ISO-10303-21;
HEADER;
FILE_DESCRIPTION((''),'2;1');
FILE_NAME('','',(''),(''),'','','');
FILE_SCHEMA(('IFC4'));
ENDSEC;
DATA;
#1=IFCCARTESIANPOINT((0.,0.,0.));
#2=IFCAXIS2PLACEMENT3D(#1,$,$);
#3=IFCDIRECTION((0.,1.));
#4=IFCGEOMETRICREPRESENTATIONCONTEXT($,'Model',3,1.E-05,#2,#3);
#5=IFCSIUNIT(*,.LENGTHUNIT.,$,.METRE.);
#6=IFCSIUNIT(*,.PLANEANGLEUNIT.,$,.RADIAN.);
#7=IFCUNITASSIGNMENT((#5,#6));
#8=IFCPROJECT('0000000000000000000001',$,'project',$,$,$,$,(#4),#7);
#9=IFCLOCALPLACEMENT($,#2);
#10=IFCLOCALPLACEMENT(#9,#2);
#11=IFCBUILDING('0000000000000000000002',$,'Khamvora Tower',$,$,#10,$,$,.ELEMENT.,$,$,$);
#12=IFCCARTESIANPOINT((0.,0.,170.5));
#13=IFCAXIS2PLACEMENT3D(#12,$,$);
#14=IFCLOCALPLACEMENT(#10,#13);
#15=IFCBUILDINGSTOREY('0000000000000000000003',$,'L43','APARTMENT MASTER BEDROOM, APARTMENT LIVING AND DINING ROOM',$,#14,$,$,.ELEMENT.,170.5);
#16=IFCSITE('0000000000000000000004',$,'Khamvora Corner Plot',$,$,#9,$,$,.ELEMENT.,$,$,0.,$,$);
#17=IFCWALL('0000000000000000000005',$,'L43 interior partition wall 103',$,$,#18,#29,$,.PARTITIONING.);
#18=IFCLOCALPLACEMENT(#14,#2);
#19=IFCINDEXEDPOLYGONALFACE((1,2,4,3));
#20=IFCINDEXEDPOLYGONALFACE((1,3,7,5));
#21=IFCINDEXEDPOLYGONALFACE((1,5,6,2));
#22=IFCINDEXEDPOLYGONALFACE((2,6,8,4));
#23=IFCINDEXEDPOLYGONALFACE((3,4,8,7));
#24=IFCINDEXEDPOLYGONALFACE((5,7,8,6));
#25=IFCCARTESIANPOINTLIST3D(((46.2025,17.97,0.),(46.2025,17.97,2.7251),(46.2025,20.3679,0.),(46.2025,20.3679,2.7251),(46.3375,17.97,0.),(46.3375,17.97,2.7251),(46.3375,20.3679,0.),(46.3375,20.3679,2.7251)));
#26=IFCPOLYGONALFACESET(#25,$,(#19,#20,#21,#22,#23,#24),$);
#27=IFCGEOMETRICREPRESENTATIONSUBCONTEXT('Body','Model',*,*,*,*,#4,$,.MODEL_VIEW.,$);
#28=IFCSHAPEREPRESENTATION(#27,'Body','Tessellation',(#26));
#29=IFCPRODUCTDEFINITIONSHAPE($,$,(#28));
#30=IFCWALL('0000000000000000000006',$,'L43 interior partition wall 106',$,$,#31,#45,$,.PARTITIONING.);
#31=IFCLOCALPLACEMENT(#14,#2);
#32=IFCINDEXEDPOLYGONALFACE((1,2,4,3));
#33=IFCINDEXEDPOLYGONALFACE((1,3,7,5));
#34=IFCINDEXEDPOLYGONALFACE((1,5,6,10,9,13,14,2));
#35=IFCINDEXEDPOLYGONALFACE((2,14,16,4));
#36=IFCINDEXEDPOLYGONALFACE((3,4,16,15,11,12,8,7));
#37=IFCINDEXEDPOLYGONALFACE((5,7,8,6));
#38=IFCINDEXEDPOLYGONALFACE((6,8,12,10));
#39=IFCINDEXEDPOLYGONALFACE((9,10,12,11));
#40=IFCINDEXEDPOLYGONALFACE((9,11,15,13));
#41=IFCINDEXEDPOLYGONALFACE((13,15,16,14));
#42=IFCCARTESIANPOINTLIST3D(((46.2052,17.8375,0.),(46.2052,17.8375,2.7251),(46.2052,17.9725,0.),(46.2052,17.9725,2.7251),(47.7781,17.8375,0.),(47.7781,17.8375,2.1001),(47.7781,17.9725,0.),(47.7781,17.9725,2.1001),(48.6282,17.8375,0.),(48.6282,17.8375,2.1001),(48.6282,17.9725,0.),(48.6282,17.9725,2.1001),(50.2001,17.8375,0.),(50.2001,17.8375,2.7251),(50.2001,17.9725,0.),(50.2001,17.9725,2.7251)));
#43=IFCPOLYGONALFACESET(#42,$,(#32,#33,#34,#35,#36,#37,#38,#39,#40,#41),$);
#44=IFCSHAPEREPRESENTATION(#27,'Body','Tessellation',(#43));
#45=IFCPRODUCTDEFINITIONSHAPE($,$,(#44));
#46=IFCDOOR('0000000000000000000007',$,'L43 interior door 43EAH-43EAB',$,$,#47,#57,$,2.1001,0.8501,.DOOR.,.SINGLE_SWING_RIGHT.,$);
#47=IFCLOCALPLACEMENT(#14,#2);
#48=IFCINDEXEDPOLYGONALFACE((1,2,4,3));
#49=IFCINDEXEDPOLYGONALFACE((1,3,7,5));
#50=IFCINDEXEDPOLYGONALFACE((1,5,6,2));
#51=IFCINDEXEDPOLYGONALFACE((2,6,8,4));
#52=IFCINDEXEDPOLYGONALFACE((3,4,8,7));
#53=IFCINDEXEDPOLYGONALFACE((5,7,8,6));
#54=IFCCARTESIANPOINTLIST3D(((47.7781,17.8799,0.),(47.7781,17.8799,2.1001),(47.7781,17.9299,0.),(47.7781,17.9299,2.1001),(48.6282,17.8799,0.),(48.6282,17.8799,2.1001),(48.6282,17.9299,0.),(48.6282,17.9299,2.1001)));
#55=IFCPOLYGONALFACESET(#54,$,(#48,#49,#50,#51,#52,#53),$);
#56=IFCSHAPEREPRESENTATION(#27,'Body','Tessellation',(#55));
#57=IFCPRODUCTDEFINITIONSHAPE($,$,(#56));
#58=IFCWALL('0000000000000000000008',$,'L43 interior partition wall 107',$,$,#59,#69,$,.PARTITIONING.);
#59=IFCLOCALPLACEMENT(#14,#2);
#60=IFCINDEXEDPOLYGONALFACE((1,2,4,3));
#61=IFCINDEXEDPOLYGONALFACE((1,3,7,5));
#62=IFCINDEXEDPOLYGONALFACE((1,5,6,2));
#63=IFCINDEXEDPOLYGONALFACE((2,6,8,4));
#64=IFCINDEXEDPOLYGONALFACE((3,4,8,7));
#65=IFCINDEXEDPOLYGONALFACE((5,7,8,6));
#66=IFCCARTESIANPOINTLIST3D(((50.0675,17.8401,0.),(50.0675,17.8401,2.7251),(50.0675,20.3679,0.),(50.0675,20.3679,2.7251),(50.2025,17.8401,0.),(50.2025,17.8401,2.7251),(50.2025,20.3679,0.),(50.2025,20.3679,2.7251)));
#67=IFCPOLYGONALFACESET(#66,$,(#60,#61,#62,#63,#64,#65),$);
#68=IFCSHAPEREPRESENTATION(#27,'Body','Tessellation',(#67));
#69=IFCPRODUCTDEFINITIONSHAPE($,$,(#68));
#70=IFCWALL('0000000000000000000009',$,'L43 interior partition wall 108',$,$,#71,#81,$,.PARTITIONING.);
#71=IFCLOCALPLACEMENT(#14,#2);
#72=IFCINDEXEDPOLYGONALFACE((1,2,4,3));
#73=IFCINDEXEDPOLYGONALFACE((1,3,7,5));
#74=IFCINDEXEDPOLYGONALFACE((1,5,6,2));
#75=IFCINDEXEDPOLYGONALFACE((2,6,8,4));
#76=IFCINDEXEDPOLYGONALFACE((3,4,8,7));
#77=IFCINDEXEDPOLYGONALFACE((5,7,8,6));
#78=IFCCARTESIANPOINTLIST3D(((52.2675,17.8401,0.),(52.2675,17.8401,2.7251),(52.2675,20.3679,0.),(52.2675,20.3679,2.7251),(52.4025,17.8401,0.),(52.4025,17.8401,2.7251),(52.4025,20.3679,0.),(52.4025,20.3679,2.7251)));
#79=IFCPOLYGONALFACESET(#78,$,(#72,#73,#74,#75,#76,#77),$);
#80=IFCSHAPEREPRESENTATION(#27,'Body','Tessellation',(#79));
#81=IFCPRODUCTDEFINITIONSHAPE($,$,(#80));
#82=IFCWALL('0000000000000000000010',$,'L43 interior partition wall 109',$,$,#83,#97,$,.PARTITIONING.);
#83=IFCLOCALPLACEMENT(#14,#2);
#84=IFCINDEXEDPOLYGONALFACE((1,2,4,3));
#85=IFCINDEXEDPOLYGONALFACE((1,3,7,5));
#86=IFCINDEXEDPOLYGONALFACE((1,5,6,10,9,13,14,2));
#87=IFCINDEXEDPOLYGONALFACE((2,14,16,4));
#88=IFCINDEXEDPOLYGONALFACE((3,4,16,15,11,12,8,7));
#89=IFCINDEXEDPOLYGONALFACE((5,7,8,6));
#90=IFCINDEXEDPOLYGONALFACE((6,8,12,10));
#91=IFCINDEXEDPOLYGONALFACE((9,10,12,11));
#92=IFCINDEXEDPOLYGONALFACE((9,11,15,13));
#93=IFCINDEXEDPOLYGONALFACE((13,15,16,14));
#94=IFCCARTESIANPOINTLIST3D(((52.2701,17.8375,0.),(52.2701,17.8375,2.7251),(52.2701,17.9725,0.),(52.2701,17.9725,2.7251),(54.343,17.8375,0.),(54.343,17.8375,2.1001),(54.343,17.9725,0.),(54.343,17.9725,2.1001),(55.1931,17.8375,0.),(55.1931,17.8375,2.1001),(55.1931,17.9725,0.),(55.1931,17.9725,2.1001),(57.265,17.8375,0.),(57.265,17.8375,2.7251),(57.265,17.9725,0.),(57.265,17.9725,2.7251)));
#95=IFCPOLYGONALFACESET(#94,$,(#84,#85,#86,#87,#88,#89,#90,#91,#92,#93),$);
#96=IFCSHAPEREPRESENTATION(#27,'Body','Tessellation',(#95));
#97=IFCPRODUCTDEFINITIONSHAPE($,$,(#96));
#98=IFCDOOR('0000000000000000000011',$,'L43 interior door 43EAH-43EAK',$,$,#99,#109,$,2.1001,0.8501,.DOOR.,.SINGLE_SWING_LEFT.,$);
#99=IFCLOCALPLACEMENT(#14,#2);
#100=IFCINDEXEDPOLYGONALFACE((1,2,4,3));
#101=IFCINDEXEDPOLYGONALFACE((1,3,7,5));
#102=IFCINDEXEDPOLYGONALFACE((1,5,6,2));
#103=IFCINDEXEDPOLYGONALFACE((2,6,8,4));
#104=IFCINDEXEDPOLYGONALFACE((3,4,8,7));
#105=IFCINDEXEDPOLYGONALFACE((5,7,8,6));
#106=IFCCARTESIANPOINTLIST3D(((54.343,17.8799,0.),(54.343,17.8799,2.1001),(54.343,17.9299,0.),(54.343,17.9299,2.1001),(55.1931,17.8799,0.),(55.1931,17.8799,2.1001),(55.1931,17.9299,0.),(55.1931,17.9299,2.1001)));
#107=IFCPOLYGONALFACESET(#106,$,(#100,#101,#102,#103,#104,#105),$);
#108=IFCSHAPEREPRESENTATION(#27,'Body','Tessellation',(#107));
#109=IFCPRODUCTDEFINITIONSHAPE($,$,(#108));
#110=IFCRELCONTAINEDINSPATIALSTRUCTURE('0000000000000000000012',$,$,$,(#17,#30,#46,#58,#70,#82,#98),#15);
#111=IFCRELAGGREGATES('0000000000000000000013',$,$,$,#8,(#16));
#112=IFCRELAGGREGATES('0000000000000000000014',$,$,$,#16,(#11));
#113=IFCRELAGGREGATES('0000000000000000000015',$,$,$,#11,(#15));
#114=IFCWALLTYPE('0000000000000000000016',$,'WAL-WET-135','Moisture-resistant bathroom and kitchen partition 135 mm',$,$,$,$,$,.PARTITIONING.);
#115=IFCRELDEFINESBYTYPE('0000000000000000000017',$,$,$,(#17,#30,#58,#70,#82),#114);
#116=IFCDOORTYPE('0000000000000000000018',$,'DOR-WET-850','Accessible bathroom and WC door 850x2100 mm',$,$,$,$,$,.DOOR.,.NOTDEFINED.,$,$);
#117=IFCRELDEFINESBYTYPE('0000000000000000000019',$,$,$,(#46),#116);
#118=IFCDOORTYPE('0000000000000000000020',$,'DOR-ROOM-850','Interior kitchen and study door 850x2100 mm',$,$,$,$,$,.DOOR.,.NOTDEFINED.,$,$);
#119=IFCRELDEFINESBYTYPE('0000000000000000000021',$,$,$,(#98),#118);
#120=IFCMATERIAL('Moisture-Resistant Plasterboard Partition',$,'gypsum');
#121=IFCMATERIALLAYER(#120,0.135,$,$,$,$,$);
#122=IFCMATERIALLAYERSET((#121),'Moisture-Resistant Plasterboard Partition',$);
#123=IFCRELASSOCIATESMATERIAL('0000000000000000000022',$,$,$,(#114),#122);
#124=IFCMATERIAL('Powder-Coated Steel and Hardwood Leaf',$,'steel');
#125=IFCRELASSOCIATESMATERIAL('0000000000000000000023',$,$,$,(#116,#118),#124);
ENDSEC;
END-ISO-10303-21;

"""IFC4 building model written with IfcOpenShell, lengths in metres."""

from ifc_helpers import new_model, si_unit, direction, frame, frame_2d, origin, place, context, subcontext, project, spatial, rectangle, extrude, material, layer, layer_set, type_object, element, fill, save


model = new_model("IFC4")

# Units and contexts
model_context = context("Model", 3, precision=1e-05, world=origin(), true_north=direction((0.0, 1.0)))
body_context = subcontext(model_context, "Body", "Model", "MODEL_VIEW")
ifc_project = project(units=[si_unit("LENGTHUNIT", "METRE"), si_unit("PLANEANGLEUNIT", "RADIAN")], contexts=[model_context])

# Site, building, storey
site_placement = place(None, origin())
site = spatial("IfcSite", under=ifc_project, at=site_placement, Name="Khamvora Corner Plot", CompositionType="ELEMENT", RefElevation=0.0)
building_placement = place(site_placement, origin())
building = spatial("IfcBuilding", under=site, at=building_placement, Name="Khamvora Tower", CompositionType="ELEMENT")
storey_placement = place(building_placement, frame((0.0, 0.0, 170.5)))
storey = spatial("IfcBuildingStorey", under=building, at=storey_placement, Name="L43", Description="APARTMENT MASTER BEDROOM, APARTMENT LIVING AND DINING ROOM", CompositionType="ELEMENT", Elevation=170.5)

# Shared definitions
ifc_material_1 = material(Name="Powder-Coated Steel and Hardwood Leaf", Category="steel")

# Wall
ifc_material_2 = material(Name="Moisture-Resistant Plasterboard Partition", Category="gypsum")
ifc_layer_1 = layer(ifc_material_2, 0.135)
ifc_layer_set_1 = layer_set([ifc_layer_1], Name="Moisture-Resistant Plasterboard Partition")
wall_type_1 = type_object("IfcWallType", Name="WAL-WET-135", Description="Moisture-resistant bathroom and kitchen partition 135 mm", PredefinedType="PARTITIONING", material=ifc_layer_set_1)
wall_1_placement = place(storey_placement, frame((46.27, 20.3679, 0.0), z_axis=(0.0, 0.0, 1.0), x_axis=(0.0, -1.0, 0.0)))
element("IfcWall", 1, at=wall_1_placement, inside=storey, type_object=wall_type_1, Name="L43 interior partition wall 103", PredefinedType="PARTITIONING", context=body_context, shape_type="SweptSolid", body=[
    extrude(rectangle(XDim=2.3979, YDim=0.135, at=frame_2d((1.199, 0.0))), origin(), (0.0, 0.0, 1.0), 2.7251),
])

# Wall, opening, door
wall_2_placement = place(storey_placement, frame((46.2051, 17.905, 0.0), z_axis=(0.0, 0.0, 1.0), x_axis=(1.0, 0.0, 0.0)))
wall_2 = element("IfcWall", 2, at=wall_2_placement, inside=storey, type_object=wall_type_1, Name="L43 interior partition wall 106", PredefinedType="PARTITIONING", context=body_context, shape_type="SweptSolid", body=[
    extrude(rectangle(XDim=3.9949, YDim=0.135, at=frame_2d((1.9976, 0.0))), origin(), (0.0, 0.0, 1.0), 2.7251),
])
opening_1_placement = place(wall_2_placement, frame((1.573, 0.0, 0.0)))
opening_1 = element("IfcOpeningElement", 3, at=opening_1_placement, cuts=wall_2, PredefinedType="OPENING", context=body_context, shape_type="SweptSolid", body=[
    extrude(rectangle(XDim=0.8501, YDim=2.1001, at=frame_2d((0.425, 1.05))), frame((0.0, 0.0774, 0.0), z_axis=(0.0, -1.0, 0.0), x_axis=(1.0, 0.0, 0.0)), (0.0, 0.0, 1.0), 0.155),
])
door_type_1 = type_object("IfcDoorType", Name="DOR-WET-850", Description="Accessible bathroom and WC door 850x2100 mm", OperationType="NOTDEFINED", PredefinedType="DOOR", material=ifc_material_1)
door_1_placement = place(opening_1_placement, origin())
door_1 = element("IfcDoor", 4, at=door_1_placement, inside=storey, type_object=door_type_1, Name="L43 interior door 43EAH-43EAB", OperationType="SINGLE_SWING_RIGHT", OverallHeight=2.1001, OverallWidth=0.8501, PredefinedType="DOOR", context=body_context, shape_type="SweptSolid", body=[
    extrude(rectangle(XDim=0.8501, YDim=2.1001, at=frame_2d((0.425, 1.05))), frame((0.0, 0.0249, 0.0), z_axis=(0.0, -1.0, 0.0), x_axis=(1.0, 0.0, 0.0)), (0.0, 0.0, 1.0), 0.05),
])
fill(opening_1, door_1)

# Walls
for number, where, z_axis, x_axis, name in (
    (5, (50.135, 17.8401, 0.0), (0.0, 0.0, 1.0), (0.0, 1.0, 0.0), "L43 interior partition wall 107"),
    (6, (52.335, 20.3679, 0.0), (0.0, 0.0, 1.0), (0.0, -1.0, 0.0), "L43 interior partition wall 108"),
):
    element("IfcWall", number, at=place(storey_placement, frame(where, z_axis=z_axis, x_axis=x_axis)), inside=storey, type_object=wall_type_1, Name=name, PredefinedType="PARTITIONING", context=body_context, shape_type="SweptSolid", body=[
        extrude(rectangle(XDim=2.5278, YDim=0.135, at=frame_2d((1.2639, 0.0))), origin(), (0.0, 0.0, 1.0), 2.7251),
    ])

# Wall, opening, door
wall_3_placement = place(storey_placement, frame((52.27, 17.905, 0.0), z_axis=(0.0, 0.0, 1.0), x_axis=(1.0, 0.0, 0.0)))
wall_3 = element("IfcWall", 7, at=wall_3_placement, inside=storey, type_object=wall_type_1, Name="L43 interior partition wall 109", PredefinedType="PARTITIONING", context=body_context, shape_type="SweptSolid", body=[
    extrude(rectangle(XDim=4.9949, YDim=0.135, at=frame_2d((2.4976, 0.0))), origin(), (0.0, 0.0, 1.0), 2.7251),
])
opening_2_placement = place(wall_3_placement, frame((2.073, 0.0, 0.0)))
opening_2 = element("IfcOpeningElement", 8, at=opening_2_placement, cuts=wall_3, PredefinedType="OPENING", context=body_context, shape_type="SweptSolid", body=[
    extrude(rectangle(XDim=0.8501, YDim=2.1001, at=frame_2d((0.425, 1.05))), frame((0.0, 0.0774, 0.0), z_axis=(0.0, -1.0, 0.0), x_axis=(1.0, 0.0, 0.0)), (0.0, 0.0, 1.0), 0.155),
])
door_type_2 = type_object("IfcDoorType", Name="DOR-ROOM-850", Description="Interior kitchen and study door 850x2100 mm", OperationType="NOTDEFINED", PredefinedType="DOOR", material=ifc_material_1)
door_2_placement = place(opening_2_placement, origin())
door_2 = element("IfcDoor", 9, at=door_2_placement, inside=storey, type_object=door_type_2, Name="L43 interior door 43EAH-43EAK", OperationType="SINGLE_SWING_LEFT", OverallHeight=2.1001, OverallWidth=0.8501, PredefinedType="DOOR", context=body_context, shape_type="SweptSolid", body=[
    extrude(rectangle(XDim=0.8501, YDim=2.1001, at=frame_2d((0.425, 1.05))), frame((0.0, 0.0249, 0.0), z_axis=(0.0, -1.0, 0.0), x_axis=(1.0, 0.0, 0.0)), (0.0, 0.0, 1.0), 0.05),
])
fill(opening_2, door_2)

save(model, "model.ifc")
